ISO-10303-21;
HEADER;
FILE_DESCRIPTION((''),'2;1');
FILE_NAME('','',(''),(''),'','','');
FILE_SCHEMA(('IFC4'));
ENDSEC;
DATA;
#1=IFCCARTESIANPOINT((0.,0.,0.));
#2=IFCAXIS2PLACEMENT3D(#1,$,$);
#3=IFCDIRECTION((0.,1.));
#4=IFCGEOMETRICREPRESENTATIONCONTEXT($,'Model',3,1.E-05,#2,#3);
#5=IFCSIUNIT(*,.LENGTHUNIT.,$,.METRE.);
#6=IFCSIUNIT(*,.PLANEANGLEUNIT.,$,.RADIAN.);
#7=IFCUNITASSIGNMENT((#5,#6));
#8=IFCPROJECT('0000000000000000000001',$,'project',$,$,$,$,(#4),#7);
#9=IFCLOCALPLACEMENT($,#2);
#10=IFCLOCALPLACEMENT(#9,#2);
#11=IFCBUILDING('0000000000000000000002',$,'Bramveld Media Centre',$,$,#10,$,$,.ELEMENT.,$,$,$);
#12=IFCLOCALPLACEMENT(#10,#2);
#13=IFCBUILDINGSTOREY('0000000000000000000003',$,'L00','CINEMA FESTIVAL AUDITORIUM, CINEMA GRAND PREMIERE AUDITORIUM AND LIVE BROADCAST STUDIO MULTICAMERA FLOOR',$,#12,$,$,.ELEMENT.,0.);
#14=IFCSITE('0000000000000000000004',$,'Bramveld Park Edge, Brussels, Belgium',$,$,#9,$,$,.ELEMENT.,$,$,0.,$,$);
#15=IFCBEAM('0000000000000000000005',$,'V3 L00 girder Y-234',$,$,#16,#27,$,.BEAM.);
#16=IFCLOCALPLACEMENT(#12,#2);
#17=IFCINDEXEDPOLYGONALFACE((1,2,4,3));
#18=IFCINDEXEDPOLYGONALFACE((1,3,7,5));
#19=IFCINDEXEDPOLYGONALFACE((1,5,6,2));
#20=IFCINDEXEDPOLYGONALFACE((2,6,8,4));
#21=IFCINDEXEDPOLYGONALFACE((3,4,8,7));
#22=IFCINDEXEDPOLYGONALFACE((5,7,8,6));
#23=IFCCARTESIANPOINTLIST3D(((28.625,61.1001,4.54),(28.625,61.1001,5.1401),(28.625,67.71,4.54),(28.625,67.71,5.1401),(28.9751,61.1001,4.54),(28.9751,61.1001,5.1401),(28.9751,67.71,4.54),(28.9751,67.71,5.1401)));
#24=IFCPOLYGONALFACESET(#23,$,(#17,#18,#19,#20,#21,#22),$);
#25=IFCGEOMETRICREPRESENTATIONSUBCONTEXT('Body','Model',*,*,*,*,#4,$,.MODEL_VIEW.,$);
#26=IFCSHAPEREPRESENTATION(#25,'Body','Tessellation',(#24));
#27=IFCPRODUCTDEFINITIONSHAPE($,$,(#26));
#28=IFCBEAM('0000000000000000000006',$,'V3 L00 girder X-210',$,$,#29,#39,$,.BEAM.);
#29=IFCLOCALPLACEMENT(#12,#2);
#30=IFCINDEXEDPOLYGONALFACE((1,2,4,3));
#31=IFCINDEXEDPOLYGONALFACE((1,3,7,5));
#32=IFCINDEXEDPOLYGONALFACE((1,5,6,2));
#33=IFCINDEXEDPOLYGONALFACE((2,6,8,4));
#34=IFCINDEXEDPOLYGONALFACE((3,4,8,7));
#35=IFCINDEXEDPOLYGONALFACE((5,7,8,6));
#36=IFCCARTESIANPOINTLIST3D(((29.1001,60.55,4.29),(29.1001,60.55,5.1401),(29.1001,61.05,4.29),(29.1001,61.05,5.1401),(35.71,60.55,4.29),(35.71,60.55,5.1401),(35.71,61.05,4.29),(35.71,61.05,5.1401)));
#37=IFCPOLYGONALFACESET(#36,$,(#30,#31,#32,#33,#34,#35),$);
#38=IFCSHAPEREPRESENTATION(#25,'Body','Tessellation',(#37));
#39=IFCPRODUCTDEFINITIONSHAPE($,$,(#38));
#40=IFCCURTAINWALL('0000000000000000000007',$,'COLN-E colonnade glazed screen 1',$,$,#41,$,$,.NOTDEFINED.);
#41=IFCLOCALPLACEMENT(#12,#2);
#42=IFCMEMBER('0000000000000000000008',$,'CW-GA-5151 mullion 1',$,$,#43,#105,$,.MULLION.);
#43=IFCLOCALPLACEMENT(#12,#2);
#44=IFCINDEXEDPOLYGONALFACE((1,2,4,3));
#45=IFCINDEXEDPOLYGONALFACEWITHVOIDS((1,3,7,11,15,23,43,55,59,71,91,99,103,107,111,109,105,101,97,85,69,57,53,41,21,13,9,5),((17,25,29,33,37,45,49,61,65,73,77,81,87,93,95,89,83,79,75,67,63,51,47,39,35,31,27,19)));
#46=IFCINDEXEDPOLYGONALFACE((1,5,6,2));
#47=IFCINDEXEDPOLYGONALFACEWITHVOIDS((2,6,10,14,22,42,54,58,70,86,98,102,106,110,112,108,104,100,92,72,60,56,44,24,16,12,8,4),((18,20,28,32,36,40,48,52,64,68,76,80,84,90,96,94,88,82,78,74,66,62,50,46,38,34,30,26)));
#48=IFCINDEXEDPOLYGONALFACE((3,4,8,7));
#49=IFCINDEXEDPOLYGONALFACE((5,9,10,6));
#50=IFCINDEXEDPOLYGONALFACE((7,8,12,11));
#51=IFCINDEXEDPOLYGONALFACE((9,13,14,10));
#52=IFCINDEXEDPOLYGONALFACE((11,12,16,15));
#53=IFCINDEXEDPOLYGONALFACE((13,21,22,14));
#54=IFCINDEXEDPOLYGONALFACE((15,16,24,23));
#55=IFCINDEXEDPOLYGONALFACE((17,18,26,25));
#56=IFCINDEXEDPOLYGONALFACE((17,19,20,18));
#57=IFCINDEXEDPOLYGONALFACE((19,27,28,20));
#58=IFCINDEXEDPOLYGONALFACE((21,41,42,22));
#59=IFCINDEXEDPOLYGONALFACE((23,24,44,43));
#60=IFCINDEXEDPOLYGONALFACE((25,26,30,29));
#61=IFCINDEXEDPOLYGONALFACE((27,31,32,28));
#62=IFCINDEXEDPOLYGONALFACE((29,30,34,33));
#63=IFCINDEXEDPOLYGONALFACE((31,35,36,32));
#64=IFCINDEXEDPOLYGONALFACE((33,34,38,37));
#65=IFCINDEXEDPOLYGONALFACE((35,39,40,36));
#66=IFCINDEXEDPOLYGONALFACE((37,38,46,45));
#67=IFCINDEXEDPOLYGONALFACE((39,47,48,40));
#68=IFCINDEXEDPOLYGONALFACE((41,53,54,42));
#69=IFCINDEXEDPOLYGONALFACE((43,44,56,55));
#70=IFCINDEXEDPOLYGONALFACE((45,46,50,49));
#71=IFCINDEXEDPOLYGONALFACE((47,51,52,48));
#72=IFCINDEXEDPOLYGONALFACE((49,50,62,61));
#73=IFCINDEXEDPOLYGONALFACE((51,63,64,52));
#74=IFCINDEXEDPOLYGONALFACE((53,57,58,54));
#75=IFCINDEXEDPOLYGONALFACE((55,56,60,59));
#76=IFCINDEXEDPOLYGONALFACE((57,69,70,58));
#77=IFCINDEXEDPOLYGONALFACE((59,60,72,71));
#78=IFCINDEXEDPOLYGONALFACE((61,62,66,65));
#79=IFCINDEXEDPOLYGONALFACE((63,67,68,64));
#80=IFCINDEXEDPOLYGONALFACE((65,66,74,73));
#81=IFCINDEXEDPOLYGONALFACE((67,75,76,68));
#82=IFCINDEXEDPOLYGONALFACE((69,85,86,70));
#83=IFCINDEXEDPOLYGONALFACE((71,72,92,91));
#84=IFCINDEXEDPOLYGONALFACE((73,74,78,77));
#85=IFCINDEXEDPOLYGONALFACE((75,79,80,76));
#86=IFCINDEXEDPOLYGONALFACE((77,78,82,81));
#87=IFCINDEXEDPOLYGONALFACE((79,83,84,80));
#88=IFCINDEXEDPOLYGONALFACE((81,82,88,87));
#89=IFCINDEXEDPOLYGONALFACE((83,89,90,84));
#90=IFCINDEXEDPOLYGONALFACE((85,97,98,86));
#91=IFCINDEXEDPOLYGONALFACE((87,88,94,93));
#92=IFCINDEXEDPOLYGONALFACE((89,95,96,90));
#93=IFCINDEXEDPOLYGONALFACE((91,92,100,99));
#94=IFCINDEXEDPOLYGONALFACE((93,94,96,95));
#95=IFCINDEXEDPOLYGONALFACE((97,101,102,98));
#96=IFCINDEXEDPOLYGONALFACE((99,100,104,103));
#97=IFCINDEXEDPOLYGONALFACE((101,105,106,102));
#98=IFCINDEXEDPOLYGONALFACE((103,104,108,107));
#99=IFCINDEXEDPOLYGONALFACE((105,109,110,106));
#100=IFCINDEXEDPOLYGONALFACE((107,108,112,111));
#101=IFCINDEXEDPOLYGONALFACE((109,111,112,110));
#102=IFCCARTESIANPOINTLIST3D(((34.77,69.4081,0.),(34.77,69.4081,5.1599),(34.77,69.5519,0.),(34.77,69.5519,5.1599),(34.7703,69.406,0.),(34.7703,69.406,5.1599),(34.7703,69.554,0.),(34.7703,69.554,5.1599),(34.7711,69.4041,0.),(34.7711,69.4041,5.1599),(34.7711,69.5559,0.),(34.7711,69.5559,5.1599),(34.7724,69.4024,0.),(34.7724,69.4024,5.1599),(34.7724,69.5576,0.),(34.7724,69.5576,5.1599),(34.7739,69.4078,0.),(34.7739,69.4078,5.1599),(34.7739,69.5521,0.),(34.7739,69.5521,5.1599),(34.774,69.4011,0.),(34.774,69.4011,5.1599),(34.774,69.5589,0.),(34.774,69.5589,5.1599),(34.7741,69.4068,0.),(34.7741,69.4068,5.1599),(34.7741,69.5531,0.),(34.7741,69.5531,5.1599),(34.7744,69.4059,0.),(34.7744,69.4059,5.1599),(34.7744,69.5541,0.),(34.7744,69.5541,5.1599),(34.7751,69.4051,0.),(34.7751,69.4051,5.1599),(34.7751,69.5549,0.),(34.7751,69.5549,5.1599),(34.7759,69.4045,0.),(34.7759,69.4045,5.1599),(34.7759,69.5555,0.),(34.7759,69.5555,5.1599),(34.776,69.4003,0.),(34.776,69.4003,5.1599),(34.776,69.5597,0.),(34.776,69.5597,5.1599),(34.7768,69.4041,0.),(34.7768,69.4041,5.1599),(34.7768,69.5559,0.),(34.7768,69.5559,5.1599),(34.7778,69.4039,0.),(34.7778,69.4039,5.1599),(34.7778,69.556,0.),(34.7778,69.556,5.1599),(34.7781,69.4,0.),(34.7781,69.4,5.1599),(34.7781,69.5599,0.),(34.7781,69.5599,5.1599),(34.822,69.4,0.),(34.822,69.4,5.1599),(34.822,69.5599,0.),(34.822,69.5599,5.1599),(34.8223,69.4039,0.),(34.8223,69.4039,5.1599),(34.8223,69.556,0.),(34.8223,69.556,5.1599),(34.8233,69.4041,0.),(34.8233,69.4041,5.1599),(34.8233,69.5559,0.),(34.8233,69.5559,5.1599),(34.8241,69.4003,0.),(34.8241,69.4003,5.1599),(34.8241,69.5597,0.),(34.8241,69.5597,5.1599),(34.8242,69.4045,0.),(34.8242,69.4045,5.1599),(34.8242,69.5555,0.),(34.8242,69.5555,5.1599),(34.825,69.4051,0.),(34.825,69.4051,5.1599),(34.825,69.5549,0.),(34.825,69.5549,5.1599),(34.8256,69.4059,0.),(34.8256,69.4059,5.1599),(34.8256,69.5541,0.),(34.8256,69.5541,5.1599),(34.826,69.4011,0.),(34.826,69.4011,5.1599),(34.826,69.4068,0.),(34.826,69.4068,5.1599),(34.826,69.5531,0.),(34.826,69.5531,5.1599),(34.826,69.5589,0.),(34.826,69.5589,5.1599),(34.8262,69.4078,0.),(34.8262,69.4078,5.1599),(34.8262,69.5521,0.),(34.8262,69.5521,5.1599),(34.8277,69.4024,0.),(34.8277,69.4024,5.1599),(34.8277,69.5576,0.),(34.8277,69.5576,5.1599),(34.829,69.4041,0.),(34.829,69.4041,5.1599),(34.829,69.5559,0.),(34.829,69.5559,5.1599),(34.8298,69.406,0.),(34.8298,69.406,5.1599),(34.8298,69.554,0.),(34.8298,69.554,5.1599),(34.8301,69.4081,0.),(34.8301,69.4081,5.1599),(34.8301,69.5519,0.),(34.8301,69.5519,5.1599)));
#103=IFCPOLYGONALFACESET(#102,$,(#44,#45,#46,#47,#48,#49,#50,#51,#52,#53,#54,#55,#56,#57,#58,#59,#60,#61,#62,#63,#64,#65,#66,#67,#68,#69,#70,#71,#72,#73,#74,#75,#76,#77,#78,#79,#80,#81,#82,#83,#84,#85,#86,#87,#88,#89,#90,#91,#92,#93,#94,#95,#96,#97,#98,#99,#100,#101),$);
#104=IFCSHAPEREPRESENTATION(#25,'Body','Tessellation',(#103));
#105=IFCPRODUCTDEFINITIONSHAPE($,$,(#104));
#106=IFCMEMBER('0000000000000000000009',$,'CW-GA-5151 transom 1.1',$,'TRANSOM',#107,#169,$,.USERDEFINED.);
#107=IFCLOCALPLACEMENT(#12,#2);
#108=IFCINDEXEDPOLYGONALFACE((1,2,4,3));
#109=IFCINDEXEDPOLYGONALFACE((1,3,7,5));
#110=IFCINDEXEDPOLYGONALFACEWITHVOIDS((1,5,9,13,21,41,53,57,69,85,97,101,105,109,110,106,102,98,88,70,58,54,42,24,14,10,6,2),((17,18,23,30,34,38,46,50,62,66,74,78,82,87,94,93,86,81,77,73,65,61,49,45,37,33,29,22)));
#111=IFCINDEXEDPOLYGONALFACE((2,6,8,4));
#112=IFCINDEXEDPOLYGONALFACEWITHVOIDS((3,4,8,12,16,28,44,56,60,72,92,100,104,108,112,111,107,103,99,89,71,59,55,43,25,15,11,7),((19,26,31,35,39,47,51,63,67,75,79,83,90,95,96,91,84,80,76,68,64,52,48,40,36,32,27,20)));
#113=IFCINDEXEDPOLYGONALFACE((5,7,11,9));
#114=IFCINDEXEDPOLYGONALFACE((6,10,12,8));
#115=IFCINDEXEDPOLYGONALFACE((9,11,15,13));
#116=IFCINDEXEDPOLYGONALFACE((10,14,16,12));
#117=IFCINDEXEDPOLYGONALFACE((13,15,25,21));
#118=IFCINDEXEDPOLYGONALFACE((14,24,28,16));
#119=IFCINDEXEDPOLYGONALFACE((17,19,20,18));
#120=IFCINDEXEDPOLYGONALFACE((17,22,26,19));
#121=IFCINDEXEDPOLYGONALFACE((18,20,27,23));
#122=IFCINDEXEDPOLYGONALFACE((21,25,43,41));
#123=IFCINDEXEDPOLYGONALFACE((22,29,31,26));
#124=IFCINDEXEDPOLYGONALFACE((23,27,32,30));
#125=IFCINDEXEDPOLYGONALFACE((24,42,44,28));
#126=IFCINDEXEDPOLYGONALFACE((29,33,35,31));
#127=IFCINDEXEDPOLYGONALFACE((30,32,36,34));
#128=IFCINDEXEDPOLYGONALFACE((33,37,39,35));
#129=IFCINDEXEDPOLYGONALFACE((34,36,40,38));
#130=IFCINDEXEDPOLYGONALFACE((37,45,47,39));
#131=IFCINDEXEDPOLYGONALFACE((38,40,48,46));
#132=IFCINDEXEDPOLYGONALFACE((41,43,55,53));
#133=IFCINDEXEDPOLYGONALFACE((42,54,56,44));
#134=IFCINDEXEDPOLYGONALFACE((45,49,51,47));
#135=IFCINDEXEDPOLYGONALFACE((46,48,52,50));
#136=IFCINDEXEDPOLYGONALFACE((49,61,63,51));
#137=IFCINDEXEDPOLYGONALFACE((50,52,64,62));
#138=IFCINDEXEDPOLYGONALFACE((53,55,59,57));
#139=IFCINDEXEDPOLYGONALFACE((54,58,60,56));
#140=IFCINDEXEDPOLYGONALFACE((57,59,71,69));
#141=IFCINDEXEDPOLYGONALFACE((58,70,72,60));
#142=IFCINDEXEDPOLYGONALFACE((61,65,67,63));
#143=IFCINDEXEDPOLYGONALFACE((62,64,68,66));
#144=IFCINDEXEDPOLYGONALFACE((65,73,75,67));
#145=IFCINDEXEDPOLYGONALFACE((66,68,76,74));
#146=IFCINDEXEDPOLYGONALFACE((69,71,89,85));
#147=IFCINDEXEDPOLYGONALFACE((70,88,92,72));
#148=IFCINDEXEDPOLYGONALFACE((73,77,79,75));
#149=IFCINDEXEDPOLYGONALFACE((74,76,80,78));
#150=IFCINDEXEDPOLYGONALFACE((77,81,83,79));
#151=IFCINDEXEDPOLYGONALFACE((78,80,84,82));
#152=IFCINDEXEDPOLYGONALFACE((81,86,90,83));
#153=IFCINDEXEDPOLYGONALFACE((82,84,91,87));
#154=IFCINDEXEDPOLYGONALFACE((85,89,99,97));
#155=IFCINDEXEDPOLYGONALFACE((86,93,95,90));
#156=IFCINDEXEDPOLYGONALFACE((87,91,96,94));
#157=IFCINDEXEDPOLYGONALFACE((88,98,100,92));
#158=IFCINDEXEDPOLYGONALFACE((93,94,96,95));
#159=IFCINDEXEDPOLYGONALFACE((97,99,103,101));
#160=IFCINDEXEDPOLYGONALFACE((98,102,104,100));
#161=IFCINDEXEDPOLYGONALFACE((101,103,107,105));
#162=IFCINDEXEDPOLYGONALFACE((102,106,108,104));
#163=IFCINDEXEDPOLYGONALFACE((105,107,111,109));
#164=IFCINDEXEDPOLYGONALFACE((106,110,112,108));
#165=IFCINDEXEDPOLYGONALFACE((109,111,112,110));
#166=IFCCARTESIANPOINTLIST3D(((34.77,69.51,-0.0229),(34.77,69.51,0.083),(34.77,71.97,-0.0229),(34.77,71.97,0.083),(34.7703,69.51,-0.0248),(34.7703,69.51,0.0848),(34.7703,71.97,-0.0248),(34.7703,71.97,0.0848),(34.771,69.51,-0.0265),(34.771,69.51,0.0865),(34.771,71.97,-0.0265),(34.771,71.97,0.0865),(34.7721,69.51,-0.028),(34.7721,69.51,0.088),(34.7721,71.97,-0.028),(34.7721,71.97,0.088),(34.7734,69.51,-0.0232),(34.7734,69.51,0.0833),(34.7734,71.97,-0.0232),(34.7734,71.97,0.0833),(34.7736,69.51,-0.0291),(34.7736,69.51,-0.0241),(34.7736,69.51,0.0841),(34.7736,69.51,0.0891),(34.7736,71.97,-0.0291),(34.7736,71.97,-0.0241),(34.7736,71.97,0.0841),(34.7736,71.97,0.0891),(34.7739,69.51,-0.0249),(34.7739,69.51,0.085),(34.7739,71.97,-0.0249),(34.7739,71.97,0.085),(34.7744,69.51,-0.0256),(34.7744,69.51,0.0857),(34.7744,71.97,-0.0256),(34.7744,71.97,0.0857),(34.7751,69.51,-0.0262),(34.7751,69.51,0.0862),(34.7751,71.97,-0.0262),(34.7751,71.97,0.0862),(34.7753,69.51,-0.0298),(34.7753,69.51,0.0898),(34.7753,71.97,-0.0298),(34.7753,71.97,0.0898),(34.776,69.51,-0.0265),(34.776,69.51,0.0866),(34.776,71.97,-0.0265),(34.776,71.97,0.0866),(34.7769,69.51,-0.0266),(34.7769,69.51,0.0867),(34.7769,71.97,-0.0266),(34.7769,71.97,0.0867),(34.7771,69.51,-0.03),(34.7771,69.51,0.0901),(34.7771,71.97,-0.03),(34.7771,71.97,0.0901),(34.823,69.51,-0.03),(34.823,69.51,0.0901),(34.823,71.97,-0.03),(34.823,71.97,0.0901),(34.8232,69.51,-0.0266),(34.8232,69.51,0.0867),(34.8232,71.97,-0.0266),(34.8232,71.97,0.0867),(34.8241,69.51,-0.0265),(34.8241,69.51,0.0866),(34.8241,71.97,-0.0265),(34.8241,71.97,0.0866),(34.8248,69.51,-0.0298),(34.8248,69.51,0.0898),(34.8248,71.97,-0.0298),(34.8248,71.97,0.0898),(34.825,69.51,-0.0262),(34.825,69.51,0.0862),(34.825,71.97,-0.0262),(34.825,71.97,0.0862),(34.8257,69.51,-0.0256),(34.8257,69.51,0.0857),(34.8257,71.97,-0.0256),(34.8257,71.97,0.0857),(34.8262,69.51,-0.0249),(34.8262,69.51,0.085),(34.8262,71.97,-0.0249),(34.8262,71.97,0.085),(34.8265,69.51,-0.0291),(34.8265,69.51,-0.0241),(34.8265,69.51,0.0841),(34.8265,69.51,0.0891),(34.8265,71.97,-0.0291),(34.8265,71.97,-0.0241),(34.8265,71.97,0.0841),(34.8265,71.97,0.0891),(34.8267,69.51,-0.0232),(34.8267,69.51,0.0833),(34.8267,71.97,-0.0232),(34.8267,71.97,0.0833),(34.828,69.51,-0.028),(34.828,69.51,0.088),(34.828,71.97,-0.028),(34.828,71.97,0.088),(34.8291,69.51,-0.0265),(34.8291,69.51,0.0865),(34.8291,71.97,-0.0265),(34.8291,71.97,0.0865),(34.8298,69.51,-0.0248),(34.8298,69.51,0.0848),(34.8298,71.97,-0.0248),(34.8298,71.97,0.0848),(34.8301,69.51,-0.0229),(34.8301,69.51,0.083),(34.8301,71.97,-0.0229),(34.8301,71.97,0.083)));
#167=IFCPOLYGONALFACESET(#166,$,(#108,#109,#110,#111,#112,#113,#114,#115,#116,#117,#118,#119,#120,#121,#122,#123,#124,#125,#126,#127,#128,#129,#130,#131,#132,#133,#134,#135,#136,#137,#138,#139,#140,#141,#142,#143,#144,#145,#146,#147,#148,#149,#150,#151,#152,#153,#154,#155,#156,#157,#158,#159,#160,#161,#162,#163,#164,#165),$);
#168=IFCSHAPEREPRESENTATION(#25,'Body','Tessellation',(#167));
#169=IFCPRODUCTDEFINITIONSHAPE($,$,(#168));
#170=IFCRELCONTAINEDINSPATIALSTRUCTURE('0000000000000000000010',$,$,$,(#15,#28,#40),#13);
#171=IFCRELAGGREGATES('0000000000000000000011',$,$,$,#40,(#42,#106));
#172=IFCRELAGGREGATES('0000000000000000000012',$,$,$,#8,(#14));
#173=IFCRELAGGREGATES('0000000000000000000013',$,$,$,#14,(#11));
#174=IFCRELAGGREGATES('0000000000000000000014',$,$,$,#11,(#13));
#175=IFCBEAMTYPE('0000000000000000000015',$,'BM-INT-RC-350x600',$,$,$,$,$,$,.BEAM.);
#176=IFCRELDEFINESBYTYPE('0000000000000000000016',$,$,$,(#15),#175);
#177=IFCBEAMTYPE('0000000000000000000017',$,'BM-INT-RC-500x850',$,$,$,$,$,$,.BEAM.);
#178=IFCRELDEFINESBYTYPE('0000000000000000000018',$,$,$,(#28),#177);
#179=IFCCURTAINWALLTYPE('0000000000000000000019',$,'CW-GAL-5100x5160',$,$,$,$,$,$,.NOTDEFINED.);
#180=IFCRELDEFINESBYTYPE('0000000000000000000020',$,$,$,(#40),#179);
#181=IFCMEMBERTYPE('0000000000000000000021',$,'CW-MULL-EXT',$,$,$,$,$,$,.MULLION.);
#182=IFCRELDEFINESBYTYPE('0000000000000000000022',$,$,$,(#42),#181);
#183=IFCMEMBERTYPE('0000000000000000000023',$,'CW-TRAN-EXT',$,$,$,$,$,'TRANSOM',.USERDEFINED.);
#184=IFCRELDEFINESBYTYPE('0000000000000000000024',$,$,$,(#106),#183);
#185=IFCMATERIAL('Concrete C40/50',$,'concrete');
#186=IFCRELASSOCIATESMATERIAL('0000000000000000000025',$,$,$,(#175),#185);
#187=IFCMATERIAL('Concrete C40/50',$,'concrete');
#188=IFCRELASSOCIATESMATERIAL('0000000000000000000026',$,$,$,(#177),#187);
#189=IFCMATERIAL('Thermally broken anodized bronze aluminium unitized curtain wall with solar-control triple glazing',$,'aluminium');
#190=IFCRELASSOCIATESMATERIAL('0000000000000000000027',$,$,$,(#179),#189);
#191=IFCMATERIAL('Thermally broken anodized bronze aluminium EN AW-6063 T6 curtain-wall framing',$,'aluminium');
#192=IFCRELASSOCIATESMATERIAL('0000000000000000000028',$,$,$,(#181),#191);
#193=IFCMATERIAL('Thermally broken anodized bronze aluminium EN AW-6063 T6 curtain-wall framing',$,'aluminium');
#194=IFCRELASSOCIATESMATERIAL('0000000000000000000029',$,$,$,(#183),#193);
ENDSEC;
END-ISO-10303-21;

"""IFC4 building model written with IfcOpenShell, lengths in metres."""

from ifc_helpers import new_model, si_unit, direction, frame, origin, origin_2d, place, context, subcontext, project, spatial, rectangle, hollow_rectangle, extrude, material, material_profile, profile_set, type_object, element, aggregate, save


model = new_model("IFC4")

# Units and contexts
model_context = context("Model", 3, precision=1e-05, world=origin(), true_north=direction((0.0, 1.0)))
body_context = subcontext(model_context, "Body", "Model", "MODEL_VIEW")
ifc_project = project(units=[si_unit("LENGTHUNIT", "METRE"), si_unit("PLANEANGLEUNIT", "RADIAN")], contexts=[model_context])

# Site, building, storey
site_placement = place(None, origin())
site = spatial("IfcSite", under=ifc_project, at=site_placement, Name="Bramveld Park Edge, Brussels, Belgium", CompositionType="ELEMENT", RefElevation=0.0)
building_placement = place(site_placement, origin())
building = spatial("IfcBuilding", under=site, at=building_placement, Name="Bramveld Media Centre", CompositionType="ELEMENT")
storey_placement = place(building_placement, origin())
storey = spatial("IfcBuildingStorey", under=building, at=storey_placement, Name="L00", Description="CINEMA FESTIVAL AUDITORIUM, CINEMA GRAND PREMIERE AUDITORIUM AND LIVE BROADCAST STUDIO MULTICAMERA FLOOR", CompositionType="ELEMENT", Elevation=0.0)

# Beams
ifc_material_1 = material(Name="Concrete C40/50", Category="concrete")
ifc_material_profile_1 = material_profile(ifc_material_1, rectangle(XDim=0.3501, YDim=0.6001, at=origin_2d()), Name="RC 350x600")
ifc_profile_set_1 = profile_set([ifc_material_profile_1], Name="Concrete C40/50")
beam_type_1 = type_object("IfcBeamType", Name="BM-INT-RC-350x600", PredefinedType="BEAM", material=ifc_profile_set_1)
beam_1_placement = place(storey_placement, frame((28.8, 61.1001, 4.8401), z_axis=(0.0, 1.0, 0.0), x_axis=(-1.0, 0.0, 0.0)))
element("IfcBeam", 1, at=beam_1_placement, inside=storey, type_object=beam_type_1, Name="V3 L00 girder Y-234", PredefinedType="BEAM", context=body_context, shape_type="SweptSolid", body=[
    extrude(rectangle(XDim=0.3501, YDim=0.6001, at=origin_2d()), origin(), (0.0, 0.0, 1.0), 6.6099),
])
ifc_material_2 = material(Name="Concrete C40/50", Category="concrete")
ifc_material_profile_2 = material_profile(ifc_material_2, rectangle(XDim=0.5, YDim=0.8501, at=origin_2d()), Name="RC 500x850")
ifc_profile_set_2 = profile_set([ifc_material_profile_2], Name="Concrete C40/50")
beam_type_2 = type_object("IfcBeamType", Name="BM-INT-RC-500x850", PredefinedType="BEAM", material=ifc_profile_set_2)
beam_2_placement = place(storey_placement, frame((29.1001, 60.8, 4.7151), z_axis=(1.0, 0.0, 0.0), x_axis=(0.0, 1.0, 0.0)))
element("IfcBeam", 2, at=beam_2_placement, inside=storey, type_object=beam_type_2, Name="V3 L00 girder X-210", PredefinedType="BEAM", context=body_context, shape_type="SweptSolid", body=[
    extrude(rectangle(XDim=0.5, YDim=0.8501, at=origin_2d()), origin(), (0.0, 0.0, 1.0), 6.6099),
])

# Curtain wall, members
ifc_material_3 = material(Name="Thermally broken anodized bronze aluminium unitized curtain wall with solar-control triple glazing", Category="aluminium")
curtain_wall_type = type_object("IfcCurtainWallType", Name="CW-GAL-5100x5160", PredefinedType="NOTDEFINED", material=ifc_material_3)
curtain_wall_placement = place(storey_placement, origin())
curtain_wall = element("IfcCurtainWall", 3, at=curtain_wall_placement, inside=storey, type_object=curtain_wall_type, Name="COLN-E colonnade glazed screen 1", PredefinedType="NOTDEFINED")
ifc_material_4 = material(Name="Thermally broken anodized bronze aluminium EN AW-6063 T6 curtain-wall framing", Category="aluminium")
ifc_material_profile_3 = material_profile(ifc_material_4, hollow_rectangle(XDim=0.0601, YDim=0.1599, WallThickness=0.0039, InnerFilletRadius=0.0039, OuterFilletRadius=0.0081, at=origin_2d()), Name="AL-MULL 60x160")
ifc_profile_set_3 = profile_set([ifc_material_profile_3], Name="Thermally broken anodized bronze aluminium EN AW-6063 T6 curtain-wall framing")
member_type_1 = type_object("IfcMemberType", Name="CW-MULL-EXT", PredefinedType="MULLION", material=ifc_profile_set_3)
member_1_placement = place(storey_placement, frame((34.8, 69.48, 0.0), z_axis=(0.0, 0.0, 1.0), x_axis=(-1.0, 0.0, 0.0)))
member_1 = element("IfcMember", 4, at=member_1_placement, type_object=member_type_1, Name="CW-GA-5151 mullion 1", PredefinedType="MULLION", context=body_context, shape_type="SweptSolid", body=[
    extrude(hollow_rectangle(XDim=0.0601, YDim=0.1599, WallThickness=0.0039, InnerFilletRadius=0.0039, OuterFilletRadius=0.0081, at=origin_2d()), origin(), (0.0, 0.0, 1.0), 5.1599),
])
ifc_material_5 = material(Name="Thermally broken anodized bronze aluminium EN AW-6063 T6 curtain-wall framing", Category="aluminium")
ifc_material_profile_4 = material_profile(ifc_material_5, hollow_rectangle(XDim=0.0601, YDim=0.1201, WallThickness=0.0034, InnerFilletRadius=0.0034, OuterFilletRadius=0.0071, at=origin_2d()), Name="AL-TRAN 60x120")
ifc_profile_set_4 = profile_set([ifc_material_profile_4], Name="Thermally broken anodized bronze aluminium EN AW-6063 T6 curtain-wall framing")
member_type_2 = type_object("IfcMemberType", Name="CW-TRAN-EXT", ElementType="TRANSOM", PredefinedType="USERDEFINED", material=ifc_profile_set_4)
member_2_placement = place(storey_placement, frame((34.8, 69.51, 0.03), z_axis=(0.0, 1.0, 0.0), x_axis=(-1.0, 0.0, 0.0)))
member_2 = element("IfcMember", 5, at=member_2_placement, type_object=member_type_2, Name="CW-GA-5151 transom 1.1", ObjectType="TRANSOM", PredefinedType="USERDEFINED", context=body_context, shape_type="SweptSolid", body=[
    extrude(hollow_rectangle(XDim=0.0601, YDim=0.1201, WallThickness=0.0034, InnerFilletRadius=0.0034, OuterFilletRadius=0.0071, at=origin_2d()), origin(), (0.0, 0.0, 1.0), 2.46),
])
aggregate(curtain_wall, [member_1, member_2])

save(model, "model.ifc")
